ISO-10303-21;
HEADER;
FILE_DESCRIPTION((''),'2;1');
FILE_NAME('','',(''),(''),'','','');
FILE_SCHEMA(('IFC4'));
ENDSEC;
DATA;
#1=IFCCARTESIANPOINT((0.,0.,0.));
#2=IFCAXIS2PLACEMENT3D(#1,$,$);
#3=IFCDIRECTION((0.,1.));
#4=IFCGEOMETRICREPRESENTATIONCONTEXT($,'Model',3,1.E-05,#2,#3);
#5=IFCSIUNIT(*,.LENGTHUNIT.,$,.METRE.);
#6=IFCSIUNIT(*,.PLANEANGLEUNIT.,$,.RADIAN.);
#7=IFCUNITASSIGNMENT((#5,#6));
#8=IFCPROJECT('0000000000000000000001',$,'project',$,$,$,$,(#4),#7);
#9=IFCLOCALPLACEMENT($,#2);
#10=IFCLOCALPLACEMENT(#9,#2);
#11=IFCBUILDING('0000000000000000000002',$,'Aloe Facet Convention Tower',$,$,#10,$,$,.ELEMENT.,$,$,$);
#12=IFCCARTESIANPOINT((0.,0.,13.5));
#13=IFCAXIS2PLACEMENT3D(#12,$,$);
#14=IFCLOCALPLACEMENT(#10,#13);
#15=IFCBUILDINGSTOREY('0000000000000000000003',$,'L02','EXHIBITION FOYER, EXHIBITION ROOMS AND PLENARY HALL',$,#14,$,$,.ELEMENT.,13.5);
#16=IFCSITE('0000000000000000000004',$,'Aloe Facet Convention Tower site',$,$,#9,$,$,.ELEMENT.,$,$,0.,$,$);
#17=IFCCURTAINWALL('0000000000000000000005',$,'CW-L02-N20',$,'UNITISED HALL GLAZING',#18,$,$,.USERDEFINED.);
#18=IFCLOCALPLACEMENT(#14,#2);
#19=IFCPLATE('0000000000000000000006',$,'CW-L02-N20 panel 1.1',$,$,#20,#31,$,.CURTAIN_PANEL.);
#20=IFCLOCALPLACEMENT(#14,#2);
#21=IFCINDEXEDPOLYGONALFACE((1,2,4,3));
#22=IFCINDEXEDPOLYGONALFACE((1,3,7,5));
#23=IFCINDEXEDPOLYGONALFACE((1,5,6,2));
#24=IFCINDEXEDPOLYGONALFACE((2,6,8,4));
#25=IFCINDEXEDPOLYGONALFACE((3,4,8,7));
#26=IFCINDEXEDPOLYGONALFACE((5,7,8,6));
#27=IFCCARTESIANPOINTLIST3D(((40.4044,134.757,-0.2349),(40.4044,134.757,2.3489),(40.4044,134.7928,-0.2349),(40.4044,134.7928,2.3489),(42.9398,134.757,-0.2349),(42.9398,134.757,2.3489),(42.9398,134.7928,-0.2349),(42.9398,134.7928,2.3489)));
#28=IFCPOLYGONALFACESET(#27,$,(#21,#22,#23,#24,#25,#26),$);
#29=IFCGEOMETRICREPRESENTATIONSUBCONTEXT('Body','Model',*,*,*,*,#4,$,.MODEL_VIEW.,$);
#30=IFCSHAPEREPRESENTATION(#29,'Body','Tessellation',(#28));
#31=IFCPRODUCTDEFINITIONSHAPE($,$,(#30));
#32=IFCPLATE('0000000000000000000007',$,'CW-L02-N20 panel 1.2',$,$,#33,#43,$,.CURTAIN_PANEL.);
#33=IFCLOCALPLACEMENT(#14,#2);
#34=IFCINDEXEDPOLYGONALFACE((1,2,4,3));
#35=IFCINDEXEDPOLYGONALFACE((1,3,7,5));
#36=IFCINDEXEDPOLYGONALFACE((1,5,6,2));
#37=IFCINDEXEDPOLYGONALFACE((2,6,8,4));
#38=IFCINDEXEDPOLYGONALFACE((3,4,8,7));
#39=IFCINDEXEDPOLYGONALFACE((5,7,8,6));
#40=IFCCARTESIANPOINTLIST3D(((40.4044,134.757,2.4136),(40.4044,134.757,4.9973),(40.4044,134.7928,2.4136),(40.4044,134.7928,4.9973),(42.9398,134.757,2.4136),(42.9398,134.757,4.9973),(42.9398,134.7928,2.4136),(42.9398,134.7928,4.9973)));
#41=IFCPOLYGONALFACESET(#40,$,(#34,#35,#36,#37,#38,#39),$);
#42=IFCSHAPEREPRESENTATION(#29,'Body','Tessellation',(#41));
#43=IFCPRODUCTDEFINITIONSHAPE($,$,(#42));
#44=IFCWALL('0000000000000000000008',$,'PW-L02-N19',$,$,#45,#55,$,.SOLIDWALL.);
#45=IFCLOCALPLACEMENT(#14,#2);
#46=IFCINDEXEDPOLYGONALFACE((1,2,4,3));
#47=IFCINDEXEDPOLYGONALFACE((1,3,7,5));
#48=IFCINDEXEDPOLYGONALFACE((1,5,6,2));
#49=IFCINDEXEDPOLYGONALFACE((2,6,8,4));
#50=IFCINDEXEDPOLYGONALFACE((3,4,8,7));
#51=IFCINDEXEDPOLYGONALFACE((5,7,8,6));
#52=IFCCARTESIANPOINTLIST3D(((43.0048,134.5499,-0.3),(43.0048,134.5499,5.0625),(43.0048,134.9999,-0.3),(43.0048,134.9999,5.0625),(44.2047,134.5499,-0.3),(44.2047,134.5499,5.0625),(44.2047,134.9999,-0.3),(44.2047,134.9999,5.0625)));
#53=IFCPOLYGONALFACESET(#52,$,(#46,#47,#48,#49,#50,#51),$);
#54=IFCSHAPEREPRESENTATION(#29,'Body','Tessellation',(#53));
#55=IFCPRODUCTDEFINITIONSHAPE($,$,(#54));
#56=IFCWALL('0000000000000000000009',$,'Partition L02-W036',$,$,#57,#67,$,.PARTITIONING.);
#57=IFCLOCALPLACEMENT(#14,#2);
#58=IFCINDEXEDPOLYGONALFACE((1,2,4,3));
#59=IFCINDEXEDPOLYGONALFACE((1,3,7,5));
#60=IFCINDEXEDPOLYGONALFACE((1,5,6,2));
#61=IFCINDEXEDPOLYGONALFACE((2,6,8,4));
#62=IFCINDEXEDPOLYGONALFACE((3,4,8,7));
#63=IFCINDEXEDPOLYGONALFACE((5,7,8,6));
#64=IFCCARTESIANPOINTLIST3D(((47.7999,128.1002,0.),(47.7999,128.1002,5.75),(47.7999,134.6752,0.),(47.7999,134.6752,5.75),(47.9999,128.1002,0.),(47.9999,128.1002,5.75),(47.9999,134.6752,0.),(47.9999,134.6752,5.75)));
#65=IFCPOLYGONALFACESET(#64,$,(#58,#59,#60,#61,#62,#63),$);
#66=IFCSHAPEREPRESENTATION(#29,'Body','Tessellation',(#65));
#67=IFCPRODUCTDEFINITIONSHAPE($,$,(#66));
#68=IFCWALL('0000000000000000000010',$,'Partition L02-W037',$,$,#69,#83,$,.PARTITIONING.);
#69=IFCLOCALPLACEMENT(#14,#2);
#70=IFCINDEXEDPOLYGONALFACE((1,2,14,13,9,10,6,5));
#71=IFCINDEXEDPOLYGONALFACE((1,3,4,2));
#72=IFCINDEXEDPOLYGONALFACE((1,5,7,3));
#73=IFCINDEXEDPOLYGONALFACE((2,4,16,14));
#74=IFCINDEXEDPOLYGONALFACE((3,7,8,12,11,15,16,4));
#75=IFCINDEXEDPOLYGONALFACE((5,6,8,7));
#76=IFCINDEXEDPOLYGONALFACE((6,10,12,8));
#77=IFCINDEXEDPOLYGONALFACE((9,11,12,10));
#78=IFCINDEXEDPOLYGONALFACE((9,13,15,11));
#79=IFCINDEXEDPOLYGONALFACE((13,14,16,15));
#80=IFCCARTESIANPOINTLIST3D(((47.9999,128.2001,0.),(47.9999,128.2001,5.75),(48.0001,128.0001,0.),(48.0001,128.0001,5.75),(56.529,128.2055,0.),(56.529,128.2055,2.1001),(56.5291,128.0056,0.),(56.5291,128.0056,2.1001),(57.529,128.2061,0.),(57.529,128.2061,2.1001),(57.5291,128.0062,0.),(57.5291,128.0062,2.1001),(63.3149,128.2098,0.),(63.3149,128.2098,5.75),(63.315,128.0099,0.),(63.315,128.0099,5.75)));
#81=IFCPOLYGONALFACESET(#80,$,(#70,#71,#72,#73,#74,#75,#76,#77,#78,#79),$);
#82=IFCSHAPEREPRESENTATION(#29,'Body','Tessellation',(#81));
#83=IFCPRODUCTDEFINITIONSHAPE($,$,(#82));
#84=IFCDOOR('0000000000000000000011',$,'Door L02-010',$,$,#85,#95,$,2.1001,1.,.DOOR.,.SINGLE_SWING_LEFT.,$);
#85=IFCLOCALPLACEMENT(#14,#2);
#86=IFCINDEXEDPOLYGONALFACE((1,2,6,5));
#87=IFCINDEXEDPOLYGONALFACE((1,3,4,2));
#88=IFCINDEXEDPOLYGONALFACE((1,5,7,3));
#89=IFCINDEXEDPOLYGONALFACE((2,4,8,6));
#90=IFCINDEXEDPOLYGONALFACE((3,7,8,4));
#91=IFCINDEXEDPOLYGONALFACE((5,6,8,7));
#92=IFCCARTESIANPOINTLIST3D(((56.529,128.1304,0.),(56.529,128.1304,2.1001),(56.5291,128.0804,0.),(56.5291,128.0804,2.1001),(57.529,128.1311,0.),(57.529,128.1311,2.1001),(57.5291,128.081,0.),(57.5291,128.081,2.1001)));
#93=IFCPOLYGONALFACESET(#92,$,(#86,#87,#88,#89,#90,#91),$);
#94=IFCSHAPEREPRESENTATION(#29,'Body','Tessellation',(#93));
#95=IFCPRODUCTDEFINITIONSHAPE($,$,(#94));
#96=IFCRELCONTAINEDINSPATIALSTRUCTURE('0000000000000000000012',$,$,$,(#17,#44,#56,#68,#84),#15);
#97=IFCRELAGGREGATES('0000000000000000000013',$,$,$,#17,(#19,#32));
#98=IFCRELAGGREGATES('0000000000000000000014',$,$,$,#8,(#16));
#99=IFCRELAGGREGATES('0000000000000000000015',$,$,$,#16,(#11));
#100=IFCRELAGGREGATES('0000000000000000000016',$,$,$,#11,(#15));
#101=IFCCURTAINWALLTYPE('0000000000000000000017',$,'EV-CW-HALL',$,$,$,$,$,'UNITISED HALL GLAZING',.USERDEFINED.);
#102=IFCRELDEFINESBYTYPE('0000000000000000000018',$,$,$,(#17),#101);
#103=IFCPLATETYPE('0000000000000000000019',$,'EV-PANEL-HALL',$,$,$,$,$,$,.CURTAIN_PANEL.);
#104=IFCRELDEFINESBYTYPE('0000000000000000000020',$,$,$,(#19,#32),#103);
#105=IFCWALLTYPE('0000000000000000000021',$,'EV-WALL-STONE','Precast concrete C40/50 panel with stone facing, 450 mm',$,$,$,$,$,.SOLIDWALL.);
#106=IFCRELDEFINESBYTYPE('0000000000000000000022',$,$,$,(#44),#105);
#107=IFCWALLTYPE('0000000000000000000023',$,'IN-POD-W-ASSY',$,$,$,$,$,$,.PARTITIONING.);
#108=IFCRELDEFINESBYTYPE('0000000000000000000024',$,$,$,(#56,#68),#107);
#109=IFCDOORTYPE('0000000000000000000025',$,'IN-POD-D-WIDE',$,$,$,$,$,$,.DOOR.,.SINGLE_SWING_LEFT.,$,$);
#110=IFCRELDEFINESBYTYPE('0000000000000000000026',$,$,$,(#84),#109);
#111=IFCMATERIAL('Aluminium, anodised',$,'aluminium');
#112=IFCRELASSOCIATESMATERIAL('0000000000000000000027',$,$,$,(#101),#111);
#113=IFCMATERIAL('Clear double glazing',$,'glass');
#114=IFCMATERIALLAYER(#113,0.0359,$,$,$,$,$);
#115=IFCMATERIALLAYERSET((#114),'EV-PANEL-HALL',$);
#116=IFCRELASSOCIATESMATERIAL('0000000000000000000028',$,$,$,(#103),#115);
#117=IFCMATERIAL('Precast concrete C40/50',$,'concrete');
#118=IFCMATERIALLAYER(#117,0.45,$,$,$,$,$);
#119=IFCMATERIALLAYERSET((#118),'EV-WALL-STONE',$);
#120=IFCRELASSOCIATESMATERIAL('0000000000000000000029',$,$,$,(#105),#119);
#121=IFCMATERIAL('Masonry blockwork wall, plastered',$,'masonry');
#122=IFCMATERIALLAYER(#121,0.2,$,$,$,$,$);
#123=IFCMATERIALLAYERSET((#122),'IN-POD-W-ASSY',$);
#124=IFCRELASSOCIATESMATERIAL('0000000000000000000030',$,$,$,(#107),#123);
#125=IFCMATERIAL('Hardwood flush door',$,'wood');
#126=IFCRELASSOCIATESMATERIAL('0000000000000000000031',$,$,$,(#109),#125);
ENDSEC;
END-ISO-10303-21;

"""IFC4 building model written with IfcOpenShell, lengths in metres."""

from ifc_helpers import new_model, si_unit, direction, frame, frame_2d, origin, origin_2d, place, context, subcontext, project, spatial, rectangle, extrude, material, layer, layer_set, type_object, element, fill, aggregate, save


model = new_model("IFC4")

# Units and contexts
model_context = context("Model", 3, precision=1e-05, world=origin(), true_north=direction((0.0, 1.0)))
body_context = subcontext(model_context, "Body", "Model", "MODEL_VIEW")
ifc_project = project(units=[si_unit("LENGTHUNIT", "METRE"), si_unit("PLANEANGLEUNIT", "RADIAN")], contexts=[model_context])

# Site, building, storey
site_placement = place(None, origin())
site = spatial("IfcSite", under=ifc_project, at=site_placement, Name="Aloe Facet Convention Tower site", CompositionType="ELEMENT", RefElevation=0.0)
building_placement = place(site_placement, origin())
building = spatial("IfcBuilding", under=site, at=building_placement, Name="Aloe Facet Convention Tower", CompositionType="ELEMENT")
storey_placement = place(building_placement, frame((0.0, 0.0, 13.5)))
storey = spatial("IfcBuildingStorey", under=building, at=storey_placement, Name="L02", Description="EXHIBITION FOYER, EXHIBITION ROOMS AND PLENARY HALL", CompositionType="ELEMENT", Elevation=13.5)

# Curtain wall
ifc_material_1 = material(Name="Aluminium, anodised", Category="aluminium")
curtain_wall_type = type_object("IfcCurtainWallType", Name="EV-CW-HALL", ElementType="UNITISED HALL GLAZING", PredefinedType="USERDEFINED", material=ifc_material_1)
curtain_wall_1_placement = place(storey_placement, origin())
curtain_wall_1 = element("IfcCurtainWall", 1, at=curtain_wall_1_placement, inside=storey, type_object=curtain_wall_type, Name="CW-L02-N20", ObjectType="UNITISED HALL GLAZING", PredefinedType="USERDEFINED")

# Plates
ifc_material_2 = material(Name="Clear double glazing", Category="glass")
ifc_layer_1 = layer(ifc_material_2, 0.0359)
ifc_layer_set_1 = layer_set([ifc_layer_1], Name="EV-PANEL-HALL")
plate_type = type_object("IfcPlateType", Name="EV-PANEL-HALL", PredefinedType="CURTAIN_PANEL", material=ifc_layer_set_1)
plate_1_placement = place(storey_placement, frame((41.6721, 134.7749, -0.2349), z_axis=(0.0, 0.0, 1.0), x_axis=(-1.0, 0.0, 0.0)))
plate_1 = element("IfcPlate", 2, at=plate_1_placement, type_object=plate_type, Name="CW-L02-N20 panel 1.1", PredefinedType="CURTAIN_PANEL", context=body_context, shape_type="SweptSolid", body=[
    extrude(rectangle(XDim=2.5354, YDim=0.0359, at=origin_2d()), origin(), (0.0, 0.0, 1.0), 2.5837),
])
plate_2_placement = place(storey_placement, frame((41.6721, 134.7749, 2.4136), z_axis=(0.0, 0.0, 1.0), x_axis=(-1.0, 0.0, 0.0)))
plate_2 = element("IfcPlate", 3, at=plate_2_placement, type_object=plate_type, Name="CW-L02-N20 panel 1.2", PredefinedType="CURTAIN_PANEL", context=body_context, shape_type="SweptSolid", body=[
    extrude(rectangle(XDim=2.5354, YDim=0.0359, at=origin_2d()), origin(), (0.0, 0.0, 1.0), 2.5837),
])
aggregate(curtain_wall_1, [plate_1, plate_2])

# Walls
ifc_material_3 = material(Name="Precast concrete C40/50", Category="concrete")
ifc_layer_2 = layer(ifc_material_3, 0.45)
ifc_layer_set_2 = layer_set([ifc_layer_2], Name="EV-WALL-STONE")
wall_type_1 = type_object("IfcWallType", Name="EV-WALL-STONE", Description="Precast concrete C40/50 panel with stone facing, 450 mm", PredefinedType="SOLIDWALL", material=ifc_layer_set_2)
wall_1_placement = place(storey_placement, frame((44.2048, 134.7749, -0.3), z_axis=(0.0, 0.0, 1.0), x_axis=(-1.0, 0.0, 0.0)))
element("IfcWall", 4, at=wall_1_placement, inside=storey, type_object=wall_type_1, Name="PW-L02-N19", PredefinedType="SOLIDWALL", context=body_context, shape_type="SweptSolid", body=[
    extrude(rectangle(XDim=1.2, YDim=0.45, at=frame_2d((0.6001, 0.0))), origin(), (0.0, 0.0, 1.0), 5.3625),
])
ifc_material_4 = material(Name="Masonry blockwork wall, plastered", Category="masonry")
ifc_layer_3 = layer(ifc_material_4, 0.2)
ifc_layer_set_3 = layer_set([ifc_layer_3], Name="IN-POD-W-ASSY")
wall_type_2 = type_object("IfcWallType", Name="IN-POD-W-ASSY", PredefinedType="PARTITIONING", material=ifc_layer_set_3)
wall_2_placement = place(storey_placement, frame((47.8999, 128.1001, 0.0), z_axis=(0.0, 0.0, 1.0), x_axis=(0.0, 1.0, 0.0)))
element("IfcWall", 5, at=wall_2_placement, inside=storey, type_object=wall_type_2, Name="Partition L02-W036", PredefinedType="PARTITIONING", context=body_context, shape_type="SweptSolid", body=[
    extrude(rectangle(XDim=6.575, YDim=0.2, at=frame_2d((3.2876, 0.0))), origin(), (0.0, 0.0, 1.0), 5.75),
])

# Wall, opening, door
wall_3_placement = place(storey_placement, frame((48.0, 128.1001, 0.0), z_axis=(0.0, 0.0, 1.0), x_axis=(1.0, 0.000638, 0.0)))
wall_3 = element("IfcWall", 6, at=wall_3_placement, inside=storey, type_object=wall_type_2, Name="Partition L02-W037", PredefinedType="PARTITIONING", context=body_context, shape_type="SweptSolid", body=[
    extrude(rectangle(XDim=15.3149, YDim=0.2, at=frame_2d((7.6575, 0.0))), origin(), (0.0, 0.0, 1.0), 5.75),
])
opening_placement = place(wall_3_placement, frame((8.5291, 0.0, 0.0)))
opening = element("IfcOpeningElement", 7, at=opening_placement, cuts=wall_3, PredefinedType="OPENING", context=body_context, shape_type="SweptSolid", body=[
    extrude(rectangle(XDim=1.0, YDim=2.1001, at=frame_2d((0.5, 1.05))), frame((0.0, 0.1099, 0.0), z_axis=(0.0, -1.0, 0.0), x_axis=(1.0, 0.0, 0.0)), (0.0, 0.0, 1.0), 0.22),
])
ifc_material_5 = material(Name="Hardwood flush door", Category="wood")
door_type = type_object("IfcDoorType", Name="IN-POD-D-WIDE", OperationType="SINGLE_SWING_LEFT", PredefinedType="DOOR", material=ifc_material_5)
door_placement = place(opening_placement, origin())
door = element("IfcDoor", 8, at=door_placement, inside=storey, type_object=door_type, Name="Door L02-010", OperationType="SINGLE_SWING_LEFT", OverallHeight=2.1001, OverallWidth=1.0, PredefinedType="DOOR", context=body_context, shape_type="SweptSolid", body=[
    extrude(rectangle(XDim=1.0, YDim=2.1001, at=frame_2d((0.5, 1.05))), frame((0.0, 0.0249, 0.0), z_axis=(0.0, -1.0, 0.0), x_axis=(1.0, 0.0, 0.0)), (0.0, 0.0, 1.0), 0.05),
])
fill(opening, door)

save(model, "model.ifc")
